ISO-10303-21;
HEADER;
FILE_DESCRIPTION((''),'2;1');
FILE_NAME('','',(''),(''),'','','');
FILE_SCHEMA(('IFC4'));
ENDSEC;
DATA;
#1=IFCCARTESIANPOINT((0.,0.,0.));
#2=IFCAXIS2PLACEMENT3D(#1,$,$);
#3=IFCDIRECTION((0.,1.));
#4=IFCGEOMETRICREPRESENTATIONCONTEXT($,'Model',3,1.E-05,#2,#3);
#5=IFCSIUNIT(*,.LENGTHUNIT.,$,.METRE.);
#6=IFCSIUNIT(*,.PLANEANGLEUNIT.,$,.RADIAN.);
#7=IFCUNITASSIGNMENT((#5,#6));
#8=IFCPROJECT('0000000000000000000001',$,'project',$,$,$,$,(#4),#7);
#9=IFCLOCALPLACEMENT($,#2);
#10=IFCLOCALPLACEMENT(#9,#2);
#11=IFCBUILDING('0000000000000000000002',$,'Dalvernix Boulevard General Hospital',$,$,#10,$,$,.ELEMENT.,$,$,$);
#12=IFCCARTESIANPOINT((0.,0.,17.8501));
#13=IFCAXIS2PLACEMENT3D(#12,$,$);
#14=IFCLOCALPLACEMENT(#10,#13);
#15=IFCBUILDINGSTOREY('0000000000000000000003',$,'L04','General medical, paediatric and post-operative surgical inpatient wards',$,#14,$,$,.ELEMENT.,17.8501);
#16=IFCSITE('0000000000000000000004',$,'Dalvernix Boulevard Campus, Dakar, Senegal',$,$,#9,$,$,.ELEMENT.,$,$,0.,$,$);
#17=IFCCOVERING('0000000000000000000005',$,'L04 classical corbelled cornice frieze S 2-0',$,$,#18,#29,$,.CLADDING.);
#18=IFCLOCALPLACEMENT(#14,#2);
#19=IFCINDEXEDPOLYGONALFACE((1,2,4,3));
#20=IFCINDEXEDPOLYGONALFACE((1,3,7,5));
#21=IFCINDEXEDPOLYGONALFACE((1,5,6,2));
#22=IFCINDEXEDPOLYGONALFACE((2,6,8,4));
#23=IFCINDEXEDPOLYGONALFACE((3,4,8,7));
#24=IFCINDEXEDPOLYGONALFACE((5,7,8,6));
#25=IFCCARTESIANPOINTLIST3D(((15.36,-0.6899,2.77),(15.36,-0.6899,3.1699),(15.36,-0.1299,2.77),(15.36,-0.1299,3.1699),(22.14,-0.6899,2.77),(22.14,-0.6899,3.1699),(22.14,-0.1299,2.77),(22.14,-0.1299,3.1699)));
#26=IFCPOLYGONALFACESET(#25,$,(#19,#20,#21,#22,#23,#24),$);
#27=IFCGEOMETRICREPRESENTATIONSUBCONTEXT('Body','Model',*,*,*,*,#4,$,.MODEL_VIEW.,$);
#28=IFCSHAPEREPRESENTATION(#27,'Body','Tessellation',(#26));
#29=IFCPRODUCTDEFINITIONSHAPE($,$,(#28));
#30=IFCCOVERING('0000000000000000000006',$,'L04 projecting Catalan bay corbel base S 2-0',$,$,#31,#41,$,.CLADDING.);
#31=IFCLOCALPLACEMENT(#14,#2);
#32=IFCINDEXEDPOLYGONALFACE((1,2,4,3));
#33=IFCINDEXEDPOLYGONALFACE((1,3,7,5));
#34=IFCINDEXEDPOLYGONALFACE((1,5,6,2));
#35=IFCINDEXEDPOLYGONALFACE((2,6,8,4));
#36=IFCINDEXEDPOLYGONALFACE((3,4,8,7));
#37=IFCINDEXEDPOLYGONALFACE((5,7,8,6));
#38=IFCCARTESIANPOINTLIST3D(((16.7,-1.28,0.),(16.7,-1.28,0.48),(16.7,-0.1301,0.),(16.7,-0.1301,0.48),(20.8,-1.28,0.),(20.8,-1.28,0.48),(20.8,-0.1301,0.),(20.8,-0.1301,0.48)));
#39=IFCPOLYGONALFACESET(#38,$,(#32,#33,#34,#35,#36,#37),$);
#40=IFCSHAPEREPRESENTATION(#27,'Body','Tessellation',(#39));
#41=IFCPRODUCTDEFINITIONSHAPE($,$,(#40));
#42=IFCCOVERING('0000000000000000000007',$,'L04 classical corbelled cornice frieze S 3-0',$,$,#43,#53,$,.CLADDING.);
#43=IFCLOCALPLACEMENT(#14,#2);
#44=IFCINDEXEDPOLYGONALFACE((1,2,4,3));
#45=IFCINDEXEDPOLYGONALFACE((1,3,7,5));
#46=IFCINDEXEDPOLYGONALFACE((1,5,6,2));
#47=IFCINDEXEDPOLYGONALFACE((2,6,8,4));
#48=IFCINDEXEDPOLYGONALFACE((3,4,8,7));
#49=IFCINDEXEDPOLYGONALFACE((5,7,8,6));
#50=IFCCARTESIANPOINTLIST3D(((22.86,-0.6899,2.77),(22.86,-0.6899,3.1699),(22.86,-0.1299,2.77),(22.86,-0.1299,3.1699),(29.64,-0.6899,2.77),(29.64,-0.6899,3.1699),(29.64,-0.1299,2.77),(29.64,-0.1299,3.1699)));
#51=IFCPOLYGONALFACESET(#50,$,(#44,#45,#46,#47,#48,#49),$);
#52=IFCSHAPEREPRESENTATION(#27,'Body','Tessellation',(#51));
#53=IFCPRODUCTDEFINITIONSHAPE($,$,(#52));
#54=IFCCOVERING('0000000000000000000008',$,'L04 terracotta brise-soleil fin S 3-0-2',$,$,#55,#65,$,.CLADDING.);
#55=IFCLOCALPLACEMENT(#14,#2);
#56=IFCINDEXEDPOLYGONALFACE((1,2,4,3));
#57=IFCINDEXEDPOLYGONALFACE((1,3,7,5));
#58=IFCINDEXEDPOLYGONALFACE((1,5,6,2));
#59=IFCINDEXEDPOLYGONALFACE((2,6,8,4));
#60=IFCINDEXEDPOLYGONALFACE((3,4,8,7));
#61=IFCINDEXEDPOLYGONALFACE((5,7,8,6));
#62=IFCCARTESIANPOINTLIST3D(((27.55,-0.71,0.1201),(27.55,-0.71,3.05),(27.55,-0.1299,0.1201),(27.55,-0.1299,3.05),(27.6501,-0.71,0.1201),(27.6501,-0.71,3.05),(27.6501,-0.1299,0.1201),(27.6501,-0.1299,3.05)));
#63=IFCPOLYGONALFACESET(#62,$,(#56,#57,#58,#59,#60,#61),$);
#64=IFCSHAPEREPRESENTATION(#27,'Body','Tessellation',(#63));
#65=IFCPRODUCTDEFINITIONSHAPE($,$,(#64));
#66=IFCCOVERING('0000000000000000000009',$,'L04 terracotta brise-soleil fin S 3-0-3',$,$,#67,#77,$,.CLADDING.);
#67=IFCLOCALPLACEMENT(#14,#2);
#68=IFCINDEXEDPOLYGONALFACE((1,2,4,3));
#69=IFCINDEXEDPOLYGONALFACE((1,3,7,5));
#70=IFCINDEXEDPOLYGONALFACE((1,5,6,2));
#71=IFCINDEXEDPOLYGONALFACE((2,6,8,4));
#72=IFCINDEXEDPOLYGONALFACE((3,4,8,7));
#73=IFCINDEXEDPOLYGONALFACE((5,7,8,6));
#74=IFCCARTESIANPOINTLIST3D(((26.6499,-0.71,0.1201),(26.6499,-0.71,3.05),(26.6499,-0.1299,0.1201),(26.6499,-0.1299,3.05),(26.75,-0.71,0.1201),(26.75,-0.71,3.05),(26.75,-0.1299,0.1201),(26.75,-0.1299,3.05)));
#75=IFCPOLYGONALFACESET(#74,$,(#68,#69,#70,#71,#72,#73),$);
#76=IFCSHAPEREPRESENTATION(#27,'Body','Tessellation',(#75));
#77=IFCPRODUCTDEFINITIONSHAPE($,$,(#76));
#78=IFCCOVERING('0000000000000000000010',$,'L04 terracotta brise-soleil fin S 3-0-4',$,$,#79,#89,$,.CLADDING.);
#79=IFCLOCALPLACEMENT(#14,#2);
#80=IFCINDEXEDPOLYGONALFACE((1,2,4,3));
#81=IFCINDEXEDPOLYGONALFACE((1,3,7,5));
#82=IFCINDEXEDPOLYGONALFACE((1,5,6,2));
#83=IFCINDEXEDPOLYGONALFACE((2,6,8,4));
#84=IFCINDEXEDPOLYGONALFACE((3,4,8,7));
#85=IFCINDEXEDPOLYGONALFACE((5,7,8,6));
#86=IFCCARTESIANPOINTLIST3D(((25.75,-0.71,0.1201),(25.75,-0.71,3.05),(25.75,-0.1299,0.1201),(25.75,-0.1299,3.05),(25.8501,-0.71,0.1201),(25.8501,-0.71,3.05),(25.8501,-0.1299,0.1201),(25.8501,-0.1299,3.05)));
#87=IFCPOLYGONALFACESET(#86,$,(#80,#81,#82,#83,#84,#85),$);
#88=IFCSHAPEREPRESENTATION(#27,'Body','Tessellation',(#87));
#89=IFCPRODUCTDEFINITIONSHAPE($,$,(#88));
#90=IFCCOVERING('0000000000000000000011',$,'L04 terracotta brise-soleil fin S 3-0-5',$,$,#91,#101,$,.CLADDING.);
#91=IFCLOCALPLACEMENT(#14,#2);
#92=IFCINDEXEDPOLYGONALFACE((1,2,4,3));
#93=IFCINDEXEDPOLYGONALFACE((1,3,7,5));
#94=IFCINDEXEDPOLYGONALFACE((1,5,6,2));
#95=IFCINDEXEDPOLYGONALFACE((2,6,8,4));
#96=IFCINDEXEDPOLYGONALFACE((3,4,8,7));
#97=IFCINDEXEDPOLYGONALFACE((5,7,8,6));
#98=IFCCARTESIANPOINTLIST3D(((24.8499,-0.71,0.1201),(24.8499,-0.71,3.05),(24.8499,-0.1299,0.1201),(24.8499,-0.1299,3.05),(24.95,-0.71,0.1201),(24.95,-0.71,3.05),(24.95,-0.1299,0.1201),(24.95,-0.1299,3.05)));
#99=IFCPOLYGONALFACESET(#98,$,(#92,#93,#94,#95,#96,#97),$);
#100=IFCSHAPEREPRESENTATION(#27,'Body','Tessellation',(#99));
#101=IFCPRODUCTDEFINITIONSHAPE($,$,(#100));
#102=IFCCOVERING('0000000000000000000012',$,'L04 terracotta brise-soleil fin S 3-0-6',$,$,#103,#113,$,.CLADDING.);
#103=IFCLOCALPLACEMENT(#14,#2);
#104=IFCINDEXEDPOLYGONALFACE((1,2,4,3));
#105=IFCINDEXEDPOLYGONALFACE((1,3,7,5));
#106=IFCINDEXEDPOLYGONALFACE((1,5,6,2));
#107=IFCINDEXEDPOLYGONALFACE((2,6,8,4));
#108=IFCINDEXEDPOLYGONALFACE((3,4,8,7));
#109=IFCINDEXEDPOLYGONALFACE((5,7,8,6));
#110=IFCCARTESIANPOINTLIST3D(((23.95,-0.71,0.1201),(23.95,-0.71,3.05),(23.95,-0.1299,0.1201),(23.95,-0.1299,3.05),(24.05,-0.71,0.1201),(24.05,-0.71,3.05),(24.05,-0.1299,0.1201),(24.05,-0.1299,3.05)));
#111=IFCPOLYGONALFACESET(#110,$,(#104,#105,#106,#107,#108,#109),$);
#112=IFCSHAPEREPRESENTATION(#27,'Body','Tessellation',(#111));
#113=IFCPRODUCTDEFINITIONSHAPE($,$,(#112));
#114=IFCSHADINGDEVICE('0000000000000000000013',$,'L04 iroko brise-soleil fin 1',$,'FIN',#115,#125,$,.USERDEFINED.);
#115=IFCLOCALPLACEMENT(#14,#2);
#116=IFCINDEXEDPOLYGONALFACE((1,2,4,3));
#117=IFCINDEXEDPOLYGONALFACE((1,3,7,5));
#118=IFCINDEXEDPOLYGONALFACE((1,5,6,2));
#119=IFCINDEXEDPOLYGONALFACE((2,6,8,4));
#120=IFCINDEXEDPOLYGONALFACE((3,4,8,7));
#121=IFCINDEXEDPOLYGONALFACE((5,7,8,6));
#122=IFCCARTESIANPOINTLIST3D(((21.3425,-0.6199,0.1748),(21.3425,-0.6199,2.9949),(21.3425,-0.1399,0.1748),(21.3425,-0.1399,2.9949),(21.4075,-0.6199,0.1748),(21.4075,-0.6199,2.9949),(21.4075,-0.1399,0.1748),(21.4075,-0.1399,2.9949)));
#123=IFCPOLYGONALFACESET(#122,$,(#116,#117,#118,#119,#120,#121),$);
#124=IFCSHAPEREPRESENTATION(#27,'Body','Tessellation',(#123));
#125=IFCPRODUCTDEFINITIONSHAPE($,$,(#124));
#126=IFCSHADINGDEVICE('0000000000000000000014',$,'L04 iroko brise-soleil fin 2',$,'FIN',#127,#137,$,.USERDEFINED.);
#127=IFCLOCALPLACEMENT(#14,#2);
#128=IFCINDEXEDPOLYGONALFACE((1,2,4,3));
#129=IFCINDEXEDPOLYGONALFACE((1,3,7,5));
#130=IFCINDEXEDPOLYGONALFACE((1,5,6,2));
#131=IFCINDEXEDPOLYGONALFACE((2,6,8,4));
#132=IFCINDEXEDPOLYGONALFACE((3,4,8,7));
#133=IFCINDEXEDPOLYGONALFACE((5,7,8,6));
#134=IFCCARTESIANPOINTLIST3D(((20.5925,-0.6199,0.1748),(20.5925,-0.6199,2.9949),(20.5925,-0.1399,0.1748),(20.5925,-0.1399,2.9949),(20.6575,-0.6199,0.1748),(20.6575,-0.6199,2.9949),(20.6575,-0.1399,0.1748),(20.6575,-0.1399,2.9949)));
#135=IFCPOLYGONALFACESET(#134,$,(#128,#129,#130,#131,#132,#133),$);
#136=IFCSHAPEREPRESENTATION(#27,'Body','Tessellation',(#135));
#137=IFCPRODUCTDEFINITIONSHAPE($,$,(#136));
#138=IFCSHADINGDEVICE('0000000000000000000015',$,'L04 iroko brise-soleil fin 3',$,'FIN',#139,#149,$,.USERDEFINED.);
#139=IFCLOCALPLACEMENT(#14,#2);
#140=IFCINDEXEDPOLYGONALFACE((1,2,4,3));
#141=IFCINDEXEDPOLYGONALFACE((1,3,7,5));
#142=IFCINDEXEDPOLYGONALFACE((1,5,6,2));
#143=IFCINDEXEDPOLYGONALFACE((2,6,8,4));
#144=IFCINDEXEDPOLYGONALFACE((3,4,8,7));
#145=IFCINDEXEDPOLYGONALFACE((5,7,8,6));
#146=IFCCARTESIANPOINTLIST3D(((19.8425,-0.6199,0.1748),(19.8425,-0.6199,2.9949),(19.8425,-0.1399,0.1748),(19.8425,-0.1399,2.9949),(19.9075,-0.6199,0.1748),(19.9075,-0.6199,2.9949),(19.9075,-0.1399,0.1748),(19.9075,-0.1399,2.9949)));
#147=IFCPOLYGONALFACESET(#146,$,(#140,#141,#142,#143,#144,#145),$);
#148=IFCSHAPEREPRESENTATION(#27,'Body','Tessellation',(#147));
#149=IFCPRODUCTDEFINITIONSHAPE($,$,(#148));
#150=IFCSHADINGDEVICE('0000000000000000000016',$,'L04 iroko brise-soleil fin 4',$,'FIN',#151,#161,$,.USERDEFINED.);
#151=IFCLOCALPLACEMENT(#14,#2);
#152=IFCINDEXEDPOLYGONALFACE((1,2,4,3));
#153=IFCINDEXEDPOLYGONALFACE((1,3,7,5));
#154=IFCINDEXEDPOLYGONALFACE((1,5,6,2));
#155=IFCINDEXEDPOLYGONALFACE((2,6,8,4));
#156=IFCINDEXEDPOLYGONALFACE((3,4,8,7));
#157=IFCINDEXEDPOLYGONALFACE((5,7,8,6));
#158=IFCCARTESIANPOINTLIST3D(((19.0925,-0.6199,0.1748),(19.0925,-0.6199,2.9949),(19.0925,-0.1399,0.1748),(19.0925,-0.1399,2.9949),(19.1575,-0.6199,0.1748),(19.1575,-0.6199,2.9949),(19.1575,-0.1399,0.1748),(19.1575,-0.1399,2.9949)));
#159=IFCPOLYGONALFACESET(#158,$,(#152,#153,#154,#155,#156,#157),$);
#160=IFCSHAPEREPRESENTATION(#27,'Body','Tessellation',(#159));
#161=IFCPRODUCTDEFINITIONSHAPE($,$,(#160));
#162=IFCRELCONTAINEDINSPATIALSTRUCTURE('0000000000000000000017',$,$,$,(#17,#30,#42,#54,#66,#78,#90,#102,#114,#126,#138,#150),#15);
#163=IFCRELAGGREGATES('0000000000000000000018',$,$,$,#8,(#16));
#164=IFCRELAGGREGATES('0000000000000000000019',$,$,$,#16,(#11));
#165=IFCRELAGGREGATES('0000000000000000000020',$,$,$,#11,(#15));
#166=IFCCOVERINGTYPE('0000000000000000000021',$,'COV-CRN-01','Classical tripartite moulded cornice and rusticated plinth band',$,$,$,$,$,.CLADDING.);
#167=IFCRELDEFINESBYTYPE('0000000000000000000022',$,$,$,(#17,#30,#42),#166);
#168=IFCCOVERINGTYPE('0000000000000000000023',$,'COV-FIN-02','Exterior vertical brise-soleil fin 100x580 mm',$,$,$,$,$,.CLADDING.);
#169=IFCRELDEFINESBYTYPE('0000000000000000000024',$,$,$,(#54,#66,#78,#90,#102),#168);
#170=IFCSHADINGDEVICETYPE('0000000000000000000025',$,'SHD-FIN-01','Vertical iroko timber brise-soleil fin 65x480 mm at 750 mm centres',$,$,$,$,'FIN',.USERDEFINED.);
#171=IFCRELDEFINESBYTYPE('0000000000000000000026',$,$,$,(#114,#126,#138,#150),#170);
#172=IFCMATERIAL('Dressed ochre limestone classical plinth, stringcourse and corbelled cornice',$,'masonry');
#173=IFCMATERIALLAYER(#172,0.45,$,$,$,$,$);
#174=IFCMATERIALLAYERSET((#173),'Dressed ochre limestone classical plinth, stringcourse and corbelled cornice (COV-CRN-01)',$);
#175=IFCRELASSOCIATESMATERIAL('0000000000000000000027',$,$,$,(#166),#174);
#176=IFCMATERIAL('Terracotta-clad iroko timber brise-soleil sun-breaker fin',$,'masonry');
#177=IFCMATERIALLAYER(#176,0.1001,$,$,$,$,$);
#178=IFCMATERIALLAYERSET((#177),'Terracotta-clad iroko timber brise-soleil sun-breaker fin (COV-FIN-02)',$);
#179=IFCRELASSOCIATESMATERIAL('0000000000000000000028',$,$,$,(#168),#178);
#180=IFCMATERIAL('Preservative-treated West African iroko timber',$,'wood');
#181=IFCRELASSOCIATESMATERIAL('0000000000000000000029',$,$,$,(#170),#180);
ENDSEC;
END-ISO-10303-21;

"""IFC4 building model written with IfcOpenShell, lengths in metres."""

from ifc_helpers import new_model, si_unit, direction, frame, origin, origin_2d, place, context, subcontext, project, spatial, rectangle, extrude, material, layer, layer_set, type_object, element, save


model = new_model("IFC4")

# Units and contexts
model_context = context("Model", 3, precision=1e-05, world=origin(), true_north=direction((0.0, 1.0)))
body_context = subcontext(model_context, "Body", "Model", "MODEL_VIEW")
ifc_project = project(units=[si_unit("LENGTHUNIT", "METRE"), si_unit("PLANEANGLEUNIT", "RADIAN")], contexts=[model_context])

# Site, building, storey
site_placement = place(None, origin())
site = spatial("IfcSite", under=ifc_project, at=site_placement, Name="Dalvernix Boulevard Campus, Dakar, Senegal", CompositionType="ELEMENT", RefElevation=0.0)
building_placement = place(site_placement, origin())
building = spatial("IfcBuilding", under=site, at=building_placement, Name="Dalvernix Boulevard General Hospital", CompositionType="ELEMENT")
storey_placement = place(building_placement, frame((0.0, 0.0, 17.8501)))
storey = spatial("IfcBuildingStorey", under=building, at=storey_placement, Name="L04", Description="General medical, paediatric and post-operative surgical inpatient wards", CompositionType="ELEMENT", Elevation=17.8501)

# Coverings
ifc_material_1 = material(Name="Dressed ochre limestone classical plinth, stringcourse and corbelled cornice", Category="masonry")
ifc_layer_1 = layer(ifc_material_1, 0.45)
ifc_layer_set_1 = layer_set([ifc_layer_1], Name="Dressed ochre limestone classical plinth, stringcourse and corbelled cornice (COV-CRN-01)")
covering_type_1 = type_object("IfcCoveringType", Name="COV-CRN-01", Description="Classical tripartite moulded cornice and rusticated plinth band", PredefinedType="CLADDING", material=ifc_layer_set_1)
covering_1_placement = place(storey_placement, frame((18.75, -0.4099, 2.77), z_axis=(0.0, 0.0, 1.0), x_axis=(-1.0, 0.0, 0.0)))
element("IfcCovering", 1, at=covering_1_placement, inside=storey, type_object=covering_type_1, Name="L04 classical corbelled cornice frieze S 2-0", PredefinedType="CLADDING", context=body_context, shape_type="SweptSolid", body=[
    extrude(rectangle(XDim=6.78, YDim=0.5601, at=origin_2d()), origin(), (0.0, 0.0, 1.0), 0.3999),
])
covering_2_placement = place(storey_placement, frame((18.75, -0.7051, 0.0), z_axis=(0.0, 0.0, 1.0), x_axis=(-1.0, 0.0, 0.0)))
element("IfcCovering", 2, at=covering_2_placement, inside=storey, type_object=covering_type_1, Name="L04 projecting Catalan bay corbel base S 2-0", PredefinedType="CLADDING", context=body_context, shape_type="SweptSolid", body=[
    extrude(rectangle(XDim=4.1001, YDim=1.1499, at=origin_2d()), origin(), (0.0, 0.0, 1.0), 0.48),
])
covering_3_placement = place(storey_placement, frame((26.25, -0.4099, 2.77), z_axis=(0.0, 0.0, 1.0), x_axis=(-1.0, 0.0, 0.0)))
element("IfcCovering", 3, at=covering_3_placement, inside=storey, type_object=covering_type_1, Name="L04 classical corbelled cornice frieze S 3-0", PredefinedType="CLADDING", context=body_context, shape_type="SweptSolid", body=[
    extrude(rectangle(XDim=6.78, YDim=0.5601, at=origin_2d()), origin(), (0.0, 0.0, 1.0), 0.3999),
])
ifc_material_2 = material(Name="Terracotta-clad iroko timber brise-soleil sun-breaker fin", Category="masonry")
ifc_layer_2 = layer(ifc_material_2, 0.1001)
ifc_layer_set_2 = layer_set([ifc_layer_2], Name="Terracotta-clad iroko timber brise-soleil sun-breaker fin (COV-FIN-02)")
covering_type_2 = type_object("IfcCoveringType", Name="COV-FIN-02", Description="Exterior vertical brise-soleil fin 100x580 mm", PredefinedType="CLADDING", material=ifc_layer_set_2)
for number, where, z_axis, x_axis, name in (
    (4, (27.6001, -0.4199, 0.1201), (0.0, 0.0, 1.0), (-1.0, 0.0, 0.0), "L04 terracotta brise-soleil fin S 3-0-2"),
    (5, (26.7, -0.4199, 0.1201), (0.0, 0.0, 1.0), (-1.0, 0.0, 0.0), "L04 terracotta brise-soleil fin S 3-0-3"),
    (6, (25.8, -0.4199, 0.1201), (0.0, 0.0, 1.0), (-1.0, 0.0, 0.0), "L04 terracotta brise-soleil fin S 3-0-4"),
    (7, (24.8999, -0.4199, 0.1201), (0.0, 0.0, 1.0), (-1.0, 0.0, 0.0), "L04 terracotta brise-soleil fin S 3-0-5"),
    (8, (24.0, -0.4199, 0.1201), (0.0, 0.0, 1.0), (-1.0, 0.0, 0.0), "L04 terracotta brise-soleil fin S 3-0-6"),
):
    element("IfcCovering", number, at=place(storey_placement, frame(where, z_axis=z_axis, x_axis=x_axis)), inside=storey, type_object=covering_type_2, Name=name, PredefinedType="CLADDING", context=body_context, shape_type="SweptSolid", body=[
        extrude(rectangle(XDim=0.1001, YDim=0.5801, at=origin_2d()), origin(), (0.0, 0.0, 1.0), 2.9299),
    ])

# Shading devices
ifc_material_3 = material(Name="Preservative-treated West African iroko timber", Category="wood")
shading_device_type = type_object("IfcShadingDeviceType", Name="SHD-FIN-01", Description="Vertical iroko timber brise-soleil fin 65x480 mm at 750 mm centres", ElementType="FIN", PredefinedType="USERDEFINED", material=ifc_material_3)
for number, where, z_axis, x_axis, name in (
    (9, (21.375, -0.3799, 0.1748), (0.0, 0.0, 1.0), (-1.0, 0.0, 0.0), "L04 iroko brise-soleil fin 1"),
    (10, (20.625, -0.3799, 0.1748), (0.0, 0.0, 1.0), (-1.0, 0.0, 0.0), "L04 iroko brise-soleil fin 2"),
    (11, (19.875, -0.3799, 0.1748), (0.0, 0.0, 1.0), (-1.0, 0.0, 0.0), "L04 iroko brise-soleil fin 3"),
    (12, (19.125, -0.3799, 0.1748), (0.0, 0.0, 1.0), (-1.0, 0.0, 0.0), "L04 iroko brise-soleil fin 4"),
):
    element("IfcShadingDevice", number, at=place(storey_placement, frame(where, z_axis=z_axis, x_axis=x_axis)), inside=storey, type_object=shading_device_type, Name=name, ObjectType="FIN", PredefinedType="USERDEFINED", context=body_context, shape_type="SweptSolid", body=[
        extrude(rectangle(XDim=0.0649, YDim=0.48, at=origin_2d()), origin(), (0.0, 0.0, 1.0), 2.8201),
    ])

save(model, "model.ifc")
